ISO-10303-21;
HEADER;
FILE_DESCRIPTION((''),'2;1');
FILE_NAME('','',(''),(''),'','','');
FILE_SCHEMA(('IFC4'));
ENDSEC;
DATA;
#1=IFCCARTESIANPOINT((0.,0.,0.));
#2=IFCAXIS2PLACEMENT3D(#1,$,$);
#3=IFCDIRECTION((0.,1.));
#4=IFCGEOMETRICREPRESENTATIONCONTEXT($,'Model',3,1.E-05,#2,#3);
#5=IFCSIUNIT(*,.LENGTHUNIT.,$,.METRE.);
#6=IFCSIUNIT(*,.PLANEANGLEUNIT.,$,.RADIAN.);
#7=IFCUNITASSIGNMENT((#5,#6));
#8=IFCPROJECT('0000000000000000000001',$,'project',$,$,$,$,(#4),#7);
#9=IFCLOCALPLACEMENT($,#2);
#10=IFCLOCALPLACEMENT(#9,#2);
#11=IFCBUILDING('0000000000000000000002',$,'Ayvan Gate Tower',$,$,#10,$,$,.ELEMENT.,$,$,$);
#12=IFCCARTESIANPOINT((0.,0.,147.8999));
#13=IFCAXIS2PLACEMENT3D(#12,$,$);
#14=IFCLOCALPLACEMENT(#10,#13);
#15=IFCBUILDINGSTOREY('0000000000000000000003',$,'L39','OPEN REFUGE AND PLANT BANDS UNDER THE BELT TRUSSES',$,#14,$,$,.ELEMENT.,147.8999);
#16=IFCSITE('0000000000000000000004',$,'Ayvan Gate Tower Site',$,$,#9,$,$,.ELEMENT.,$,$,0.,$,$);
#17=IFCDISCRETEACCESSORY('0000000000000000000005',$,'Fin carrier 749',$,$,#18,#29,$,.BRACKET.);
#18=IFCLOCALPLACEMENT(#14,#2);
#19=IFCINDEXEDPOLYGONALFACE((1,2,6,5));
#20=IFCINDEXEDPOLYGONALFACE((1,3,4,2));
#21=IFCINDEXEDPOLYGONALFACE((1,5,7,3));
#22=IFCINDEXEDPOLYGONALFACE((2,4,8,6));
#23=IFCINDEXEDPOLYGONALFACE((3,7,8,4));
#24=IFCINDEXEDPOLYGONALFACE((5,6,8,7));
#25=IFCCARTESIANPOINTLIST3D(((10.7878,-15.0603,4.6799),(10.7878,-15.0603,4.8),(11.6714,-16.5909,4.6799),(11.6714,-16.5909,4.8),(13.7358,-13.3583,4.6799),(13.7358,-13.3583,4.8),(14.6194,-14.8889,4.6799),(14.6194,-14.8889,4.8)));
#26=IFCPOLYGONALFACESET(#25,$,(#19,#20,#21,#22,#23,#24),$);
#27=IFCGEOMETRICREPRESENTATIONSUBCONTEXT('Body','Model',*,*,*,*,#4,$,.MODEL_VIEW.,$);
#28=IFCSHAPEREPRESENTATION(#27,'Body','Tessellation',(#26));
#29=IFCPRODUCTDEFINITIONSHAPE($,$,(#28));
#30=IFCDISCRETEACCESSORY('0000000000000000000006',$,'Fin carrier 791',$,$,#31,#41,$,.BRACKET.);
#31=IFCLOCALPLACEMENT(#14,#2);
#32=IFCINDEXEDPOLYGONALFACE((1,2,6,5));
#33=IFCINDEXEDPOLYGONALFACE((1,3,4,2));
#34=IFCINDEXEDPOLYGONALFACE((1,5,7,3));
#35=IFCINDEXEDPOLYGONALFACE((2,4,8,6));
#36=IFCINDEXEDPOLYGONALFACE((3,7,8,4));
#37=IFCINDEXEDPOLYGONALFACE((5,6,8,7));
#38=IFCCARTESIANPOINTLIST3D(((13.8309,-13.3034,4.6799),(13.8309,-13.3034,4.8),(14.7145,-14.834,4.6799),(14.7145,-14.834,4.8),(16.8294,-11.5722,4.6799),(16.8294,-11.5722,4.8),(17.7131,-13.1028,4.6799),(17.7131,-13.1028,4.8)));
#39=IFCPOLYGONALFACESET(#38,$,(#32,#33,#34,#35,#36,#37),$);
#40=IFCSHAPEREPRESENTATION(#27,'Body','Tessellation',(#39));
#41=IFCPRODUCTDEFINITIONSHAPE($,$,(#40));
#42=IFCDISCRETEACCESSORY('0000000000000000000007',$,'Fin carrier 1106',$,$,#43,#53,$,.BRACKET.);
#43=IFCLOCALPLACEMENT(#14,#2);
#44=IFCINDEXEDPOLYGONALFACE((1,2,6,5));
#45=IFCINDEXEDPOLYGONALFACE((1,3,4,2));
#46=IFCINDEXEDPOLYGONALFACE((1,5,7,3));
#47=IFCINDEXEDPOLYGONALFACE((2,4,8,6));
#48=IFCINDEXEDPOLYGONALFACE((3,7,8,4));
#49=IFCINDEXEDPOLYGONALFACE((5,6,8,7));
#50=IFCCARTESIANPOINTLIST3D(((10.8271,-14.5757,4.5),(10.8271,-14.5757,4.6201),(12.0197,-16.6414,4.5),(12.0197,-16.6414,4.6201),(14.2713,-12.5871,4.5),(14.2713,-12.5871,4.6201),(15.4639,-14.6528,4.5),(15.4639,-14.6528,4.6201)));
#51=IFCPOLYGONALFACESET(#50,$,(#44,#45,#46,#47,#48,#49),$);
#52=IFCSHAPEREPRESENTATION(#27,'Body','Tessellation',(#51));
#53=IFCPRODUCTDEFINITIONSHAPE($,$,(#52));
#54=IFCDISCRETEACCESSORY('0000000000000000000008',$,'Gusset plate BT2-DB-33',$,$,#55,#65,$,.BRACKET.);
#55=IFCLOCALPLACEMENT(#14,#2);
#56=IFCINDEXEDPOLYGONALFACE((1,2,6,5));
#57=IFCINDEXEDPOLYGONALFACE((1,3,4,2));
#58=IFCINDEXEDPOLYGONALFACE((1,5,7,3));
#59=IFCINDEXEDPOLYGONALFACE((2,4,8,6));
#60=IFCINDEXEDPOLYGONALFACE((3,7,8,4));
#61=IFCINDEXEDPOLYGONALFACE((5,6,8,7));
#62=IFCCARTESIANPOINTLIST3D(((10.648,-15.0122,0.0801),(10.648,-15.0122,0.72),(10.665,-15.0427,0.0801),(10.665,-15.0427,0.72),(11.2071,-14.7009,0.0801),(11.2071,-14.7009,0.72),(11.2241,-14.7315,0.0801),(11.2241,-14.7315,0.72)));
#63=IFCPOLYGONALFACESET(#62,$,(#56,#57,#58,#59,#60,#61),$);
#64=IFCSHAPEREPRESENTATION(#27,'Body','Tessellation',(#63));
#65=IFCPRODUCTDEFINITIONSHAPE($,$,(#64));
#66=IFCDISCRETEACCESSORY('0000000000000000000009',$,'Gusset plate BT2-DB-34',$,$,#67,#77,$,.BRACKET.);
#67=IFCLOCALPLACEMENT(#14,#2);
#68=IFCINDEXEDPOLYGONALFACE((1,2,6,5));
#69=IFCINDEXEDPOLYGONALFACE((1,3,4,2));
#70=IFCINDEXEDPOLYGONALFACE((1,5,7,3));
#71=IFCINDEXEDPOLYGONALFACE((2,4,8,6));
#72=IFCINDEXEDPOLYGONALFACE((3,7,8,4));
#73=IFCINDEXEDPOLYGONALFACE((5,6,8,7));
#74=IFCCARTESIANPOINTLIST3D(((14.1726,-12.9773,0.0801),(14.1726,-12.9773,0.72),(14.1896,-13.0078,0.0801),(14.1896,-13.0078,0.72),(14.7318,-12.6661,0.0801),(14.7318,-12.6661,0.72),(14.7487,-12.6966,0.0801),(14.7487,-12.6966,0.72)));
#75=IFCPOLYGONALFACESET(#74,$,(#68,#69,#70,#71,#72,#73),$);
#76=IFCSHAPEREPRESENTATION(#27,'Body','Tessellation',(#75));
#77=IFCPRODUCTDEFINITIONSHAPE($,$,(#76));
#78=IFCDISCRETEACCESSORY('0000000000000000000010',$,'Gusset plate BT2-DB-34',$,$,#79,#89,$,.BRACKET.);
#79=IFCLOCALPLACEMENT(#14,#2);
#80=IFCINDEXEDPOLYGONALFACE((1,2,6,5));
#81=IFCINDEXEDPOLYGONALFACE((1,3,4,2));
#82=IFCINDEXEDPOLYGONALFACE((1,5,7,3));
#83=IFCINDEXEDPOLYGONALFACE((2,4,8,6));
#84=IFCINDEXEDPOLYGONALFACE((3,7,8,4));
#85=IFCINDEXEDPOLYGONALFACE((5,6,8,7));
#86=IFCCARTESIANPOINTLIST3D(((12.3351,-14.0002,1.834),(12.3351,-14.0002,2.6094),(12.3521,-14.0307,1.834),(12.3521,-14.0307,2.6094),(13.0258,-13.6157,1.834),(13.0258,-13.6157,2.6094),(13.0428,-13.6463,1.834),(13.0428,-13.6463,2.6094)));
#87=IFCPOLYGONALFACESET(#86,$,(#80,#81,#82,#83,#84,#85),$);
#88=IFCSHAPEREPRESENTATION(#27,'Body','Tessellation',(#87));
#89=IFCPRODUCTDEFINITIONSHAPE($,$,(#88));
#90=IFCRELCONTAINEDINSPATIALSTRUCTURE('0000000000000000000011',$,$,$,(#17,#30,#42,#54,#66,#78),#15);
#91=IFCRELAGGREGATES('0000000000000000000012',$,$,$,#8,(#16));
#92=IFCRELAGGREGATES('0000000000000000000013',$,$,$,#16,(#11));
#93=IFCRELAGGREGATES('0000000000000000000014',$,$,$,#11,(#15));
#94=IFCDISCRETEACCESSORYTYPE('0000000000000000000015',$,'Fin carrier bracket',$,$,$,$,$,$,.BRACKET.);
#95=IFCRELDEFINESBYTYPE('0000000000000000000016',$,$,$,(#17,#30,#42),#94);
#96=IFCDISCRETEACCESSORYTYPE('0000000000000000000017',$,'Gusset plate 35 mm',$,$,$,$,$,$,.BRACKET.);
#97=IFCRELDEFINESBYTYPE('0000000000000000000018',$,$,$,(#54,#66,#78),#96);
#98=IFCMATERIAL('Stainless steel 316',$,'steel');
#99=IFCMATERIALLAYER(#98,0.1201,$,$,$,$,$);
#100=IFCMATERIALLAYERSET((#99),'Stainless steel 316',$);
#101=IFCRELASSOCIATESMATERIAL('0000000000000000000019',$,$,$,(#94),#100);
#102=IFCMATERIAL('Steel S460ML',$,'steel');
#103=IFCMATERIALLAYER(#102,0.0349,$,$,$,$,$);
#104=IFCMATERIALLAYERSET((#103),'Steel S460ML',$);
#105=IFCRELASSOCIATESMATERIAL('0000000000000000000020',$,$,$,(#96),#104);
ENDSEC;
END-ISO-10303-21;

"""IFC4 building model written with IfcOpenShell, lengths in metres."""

from ifc_helpers import new_model, si_unit, direction, frame, origin, origin_2d, place, context, subcontext, project, spatial, rectangle, extrude, material, layer, layer_set, type_object, element, save


model = new_model("IFC4")

# Units and contexts
model_context = context("Model", 3, precision=1e-05, world=origin(), true_north=direction((0.0, 1.0)))
body_context = subcontext(model_context, "Body", "Model", "MODEL_VIEW")
ifc_project = project(units=[si_unit("LENGTHUNIT", "METRE"), si_unit("PLANEANGLEUNIT", "RADIAN")], contexts=[model_context])

# Site, building, storey
site_placement = place(None, origin())
site = spatial("IfcSite", under=ifc_project, at=site_placement, Name="Ayvan Gate Tower Site", CompositionType="ELEMENT", RefElevation=0.0)
building_placement = place(site_placement, origin())
building = spatial("IfcBuilding", under=site, at=building_placement, Name="Ayvan Gate Tower", CompositionType="ELEMENT")
storey_placement = place(building_placement, frame((0.0, 0.0, 147.8999)))
storey = spatial("IfcBuildingStorey", under=building, at=storey_placement, Name="L39", Description="OPEN REFUGE AND PLANT BANDS UNDER THE BELT TRUSSES", CompositionType="ELEMENT", Elevation=147.8999)

# Shared definitions
ifc_material_1 = material(Name="Steel S460ML", Category="steel")

# Discrete accessories
ifc_material_2 = material(Name="Stainless steel 316", Category="steel")
ifc_layer_1 = layer(ifc_material_2, 0.1201)
ifc_layer_set_1 = layer_set([ifc_layer_1], Name="Stainless steel 316")
discrete_accessory_type_1 = type_object("IfcDiscreteAccessoryType", Name="Fin carrier bracket", PredefinedType="BRACKET", material=ifc_layer_set_1)
discrete_accessory_1_placement = place(storey_placement, frame((12.7036, -14.9746, 4.6799), z_axis=(0.0, 0.0, 1.0), x_axis=(0.866025, 0.5, 0.0)))
element("IfcDiscreteAccessory", 1, at=discrete_accessory_1_placement, inside=storey, type_object=discrete_accessory_type_1, Name="Fin carrier 749", PredefinedType="BRACKET", context=body_context, shape_type="SweptSolid", body=[
    extrude(rectangle(XDim=3.4041, YDim=1.7673, at=origin_2d()), origin(), (0.0, 0.0, 1.0), 0.1201),
])
discrete_accessory_2_placement = place(storey_placement, frame((15.772, -13.2031, 4.6799), z_axis=(0.0, 0.0, 1.0), x_axis=(0.866025, 0.5, 0.0)))
element("IfcDiscreteAccessory", 2, at=discrete_accessory_2_placement, inside=storey, type_object=discrete_accessory_type_1, Name="Fin carrier 791", PredefinedType="BRACKET", context=body_context, shape_type="SweptSolid", body=[
    extrude(rectangle(XDim=3.4624, YDim=1.7673, at=origin_2d()), origin(), (0.0, 0.0, 1.0), 0.1201),
])
discrete_accessory_3_placement = place(storey_placement, frame((13.1455, -14.6143, 4.5), z_axis=(0.0, 0.0, 1.0), x_axis=(0.866025, 0.5, 0.0)))
element("IfcDiscreteAccessory", 3, at=discrete_accessory_3_placement, inside=storey, type_object=discrete_accessory_type_1, Name="Fin carrier 1106", PredefinedType="BRACKET", context=body_context, shape_type="SweptSolid", body=[
    extrude(rectangle(XDim=3.9771, YDim=2.3853, at=origin_2d()), origin(), (0.0, 0.0, 1.0), 0.1201),
])
ifc_layer_2 = layer(ifc_material_1, 0.0349)
ifc_layer_set_2 = layer_set([ifc_layer_2], Name="Steel S460ML")
discrete_accessory_type_2 = type_object("IfcDiscreteAccessoryType", Name="Gusset plate 35 mm", PredefinedType="BRACKET", material=ifc_layer_set_2)
for number, where, z_axis, x_axis, name in (
    (4, (10.936, -14.8718, 0.0801), (0.0, 0.0, 1.0), (0.873731, 0.486409, 0.0), "Gusset plate BT2-DB-33"),
    (5, (14.4607, -12.8369, 0.0801), (0.0, 0.0, 1.0), (0.873759, 0.48636, 0.0), "Gusset plate BT2-DB-34"),
):
    element("IfcDiscreteAccessory", number, at=place(storey_placement, frame(where, z_axis=z_axis, x_axis=x_axis)), inside=storey, type_object=discrete_accessory_type_2, Name=name, PredefinedType="BRACKET", context=body_context, shape_type="SweptSolid", body=[
        extrude(rectangle(XDim=0.6399, YDim=0.0349, at=origin_2d()), origin(), (0.0, 0.0, 1.0), 0.6399),
    ])
discrete_accessory_4_placement = place(storey_placement, frame((12.689, -13.8232, 1.834), z_axis=(0.0, 0.0, 1.0), x_axis=(0.873759, 0.48636, 0.0)))
element("IfcDiscreteAccessory", 6, at=discrete_accessory_4_placement, inside=storey, type_object=discrete_accessory_type_2, Name="Gusset plate BT2-DB-34", PredefinedType="BRACKET", context=body_context, shape_type="SweptSolid", body=[
    extrude(rectangle(XDim=0.7905, YDim=0.0349, at=origin_2d()), origin(), (0.0, 0.0, 1.0), 0.7754),
])

save(model, "model.ifc")
